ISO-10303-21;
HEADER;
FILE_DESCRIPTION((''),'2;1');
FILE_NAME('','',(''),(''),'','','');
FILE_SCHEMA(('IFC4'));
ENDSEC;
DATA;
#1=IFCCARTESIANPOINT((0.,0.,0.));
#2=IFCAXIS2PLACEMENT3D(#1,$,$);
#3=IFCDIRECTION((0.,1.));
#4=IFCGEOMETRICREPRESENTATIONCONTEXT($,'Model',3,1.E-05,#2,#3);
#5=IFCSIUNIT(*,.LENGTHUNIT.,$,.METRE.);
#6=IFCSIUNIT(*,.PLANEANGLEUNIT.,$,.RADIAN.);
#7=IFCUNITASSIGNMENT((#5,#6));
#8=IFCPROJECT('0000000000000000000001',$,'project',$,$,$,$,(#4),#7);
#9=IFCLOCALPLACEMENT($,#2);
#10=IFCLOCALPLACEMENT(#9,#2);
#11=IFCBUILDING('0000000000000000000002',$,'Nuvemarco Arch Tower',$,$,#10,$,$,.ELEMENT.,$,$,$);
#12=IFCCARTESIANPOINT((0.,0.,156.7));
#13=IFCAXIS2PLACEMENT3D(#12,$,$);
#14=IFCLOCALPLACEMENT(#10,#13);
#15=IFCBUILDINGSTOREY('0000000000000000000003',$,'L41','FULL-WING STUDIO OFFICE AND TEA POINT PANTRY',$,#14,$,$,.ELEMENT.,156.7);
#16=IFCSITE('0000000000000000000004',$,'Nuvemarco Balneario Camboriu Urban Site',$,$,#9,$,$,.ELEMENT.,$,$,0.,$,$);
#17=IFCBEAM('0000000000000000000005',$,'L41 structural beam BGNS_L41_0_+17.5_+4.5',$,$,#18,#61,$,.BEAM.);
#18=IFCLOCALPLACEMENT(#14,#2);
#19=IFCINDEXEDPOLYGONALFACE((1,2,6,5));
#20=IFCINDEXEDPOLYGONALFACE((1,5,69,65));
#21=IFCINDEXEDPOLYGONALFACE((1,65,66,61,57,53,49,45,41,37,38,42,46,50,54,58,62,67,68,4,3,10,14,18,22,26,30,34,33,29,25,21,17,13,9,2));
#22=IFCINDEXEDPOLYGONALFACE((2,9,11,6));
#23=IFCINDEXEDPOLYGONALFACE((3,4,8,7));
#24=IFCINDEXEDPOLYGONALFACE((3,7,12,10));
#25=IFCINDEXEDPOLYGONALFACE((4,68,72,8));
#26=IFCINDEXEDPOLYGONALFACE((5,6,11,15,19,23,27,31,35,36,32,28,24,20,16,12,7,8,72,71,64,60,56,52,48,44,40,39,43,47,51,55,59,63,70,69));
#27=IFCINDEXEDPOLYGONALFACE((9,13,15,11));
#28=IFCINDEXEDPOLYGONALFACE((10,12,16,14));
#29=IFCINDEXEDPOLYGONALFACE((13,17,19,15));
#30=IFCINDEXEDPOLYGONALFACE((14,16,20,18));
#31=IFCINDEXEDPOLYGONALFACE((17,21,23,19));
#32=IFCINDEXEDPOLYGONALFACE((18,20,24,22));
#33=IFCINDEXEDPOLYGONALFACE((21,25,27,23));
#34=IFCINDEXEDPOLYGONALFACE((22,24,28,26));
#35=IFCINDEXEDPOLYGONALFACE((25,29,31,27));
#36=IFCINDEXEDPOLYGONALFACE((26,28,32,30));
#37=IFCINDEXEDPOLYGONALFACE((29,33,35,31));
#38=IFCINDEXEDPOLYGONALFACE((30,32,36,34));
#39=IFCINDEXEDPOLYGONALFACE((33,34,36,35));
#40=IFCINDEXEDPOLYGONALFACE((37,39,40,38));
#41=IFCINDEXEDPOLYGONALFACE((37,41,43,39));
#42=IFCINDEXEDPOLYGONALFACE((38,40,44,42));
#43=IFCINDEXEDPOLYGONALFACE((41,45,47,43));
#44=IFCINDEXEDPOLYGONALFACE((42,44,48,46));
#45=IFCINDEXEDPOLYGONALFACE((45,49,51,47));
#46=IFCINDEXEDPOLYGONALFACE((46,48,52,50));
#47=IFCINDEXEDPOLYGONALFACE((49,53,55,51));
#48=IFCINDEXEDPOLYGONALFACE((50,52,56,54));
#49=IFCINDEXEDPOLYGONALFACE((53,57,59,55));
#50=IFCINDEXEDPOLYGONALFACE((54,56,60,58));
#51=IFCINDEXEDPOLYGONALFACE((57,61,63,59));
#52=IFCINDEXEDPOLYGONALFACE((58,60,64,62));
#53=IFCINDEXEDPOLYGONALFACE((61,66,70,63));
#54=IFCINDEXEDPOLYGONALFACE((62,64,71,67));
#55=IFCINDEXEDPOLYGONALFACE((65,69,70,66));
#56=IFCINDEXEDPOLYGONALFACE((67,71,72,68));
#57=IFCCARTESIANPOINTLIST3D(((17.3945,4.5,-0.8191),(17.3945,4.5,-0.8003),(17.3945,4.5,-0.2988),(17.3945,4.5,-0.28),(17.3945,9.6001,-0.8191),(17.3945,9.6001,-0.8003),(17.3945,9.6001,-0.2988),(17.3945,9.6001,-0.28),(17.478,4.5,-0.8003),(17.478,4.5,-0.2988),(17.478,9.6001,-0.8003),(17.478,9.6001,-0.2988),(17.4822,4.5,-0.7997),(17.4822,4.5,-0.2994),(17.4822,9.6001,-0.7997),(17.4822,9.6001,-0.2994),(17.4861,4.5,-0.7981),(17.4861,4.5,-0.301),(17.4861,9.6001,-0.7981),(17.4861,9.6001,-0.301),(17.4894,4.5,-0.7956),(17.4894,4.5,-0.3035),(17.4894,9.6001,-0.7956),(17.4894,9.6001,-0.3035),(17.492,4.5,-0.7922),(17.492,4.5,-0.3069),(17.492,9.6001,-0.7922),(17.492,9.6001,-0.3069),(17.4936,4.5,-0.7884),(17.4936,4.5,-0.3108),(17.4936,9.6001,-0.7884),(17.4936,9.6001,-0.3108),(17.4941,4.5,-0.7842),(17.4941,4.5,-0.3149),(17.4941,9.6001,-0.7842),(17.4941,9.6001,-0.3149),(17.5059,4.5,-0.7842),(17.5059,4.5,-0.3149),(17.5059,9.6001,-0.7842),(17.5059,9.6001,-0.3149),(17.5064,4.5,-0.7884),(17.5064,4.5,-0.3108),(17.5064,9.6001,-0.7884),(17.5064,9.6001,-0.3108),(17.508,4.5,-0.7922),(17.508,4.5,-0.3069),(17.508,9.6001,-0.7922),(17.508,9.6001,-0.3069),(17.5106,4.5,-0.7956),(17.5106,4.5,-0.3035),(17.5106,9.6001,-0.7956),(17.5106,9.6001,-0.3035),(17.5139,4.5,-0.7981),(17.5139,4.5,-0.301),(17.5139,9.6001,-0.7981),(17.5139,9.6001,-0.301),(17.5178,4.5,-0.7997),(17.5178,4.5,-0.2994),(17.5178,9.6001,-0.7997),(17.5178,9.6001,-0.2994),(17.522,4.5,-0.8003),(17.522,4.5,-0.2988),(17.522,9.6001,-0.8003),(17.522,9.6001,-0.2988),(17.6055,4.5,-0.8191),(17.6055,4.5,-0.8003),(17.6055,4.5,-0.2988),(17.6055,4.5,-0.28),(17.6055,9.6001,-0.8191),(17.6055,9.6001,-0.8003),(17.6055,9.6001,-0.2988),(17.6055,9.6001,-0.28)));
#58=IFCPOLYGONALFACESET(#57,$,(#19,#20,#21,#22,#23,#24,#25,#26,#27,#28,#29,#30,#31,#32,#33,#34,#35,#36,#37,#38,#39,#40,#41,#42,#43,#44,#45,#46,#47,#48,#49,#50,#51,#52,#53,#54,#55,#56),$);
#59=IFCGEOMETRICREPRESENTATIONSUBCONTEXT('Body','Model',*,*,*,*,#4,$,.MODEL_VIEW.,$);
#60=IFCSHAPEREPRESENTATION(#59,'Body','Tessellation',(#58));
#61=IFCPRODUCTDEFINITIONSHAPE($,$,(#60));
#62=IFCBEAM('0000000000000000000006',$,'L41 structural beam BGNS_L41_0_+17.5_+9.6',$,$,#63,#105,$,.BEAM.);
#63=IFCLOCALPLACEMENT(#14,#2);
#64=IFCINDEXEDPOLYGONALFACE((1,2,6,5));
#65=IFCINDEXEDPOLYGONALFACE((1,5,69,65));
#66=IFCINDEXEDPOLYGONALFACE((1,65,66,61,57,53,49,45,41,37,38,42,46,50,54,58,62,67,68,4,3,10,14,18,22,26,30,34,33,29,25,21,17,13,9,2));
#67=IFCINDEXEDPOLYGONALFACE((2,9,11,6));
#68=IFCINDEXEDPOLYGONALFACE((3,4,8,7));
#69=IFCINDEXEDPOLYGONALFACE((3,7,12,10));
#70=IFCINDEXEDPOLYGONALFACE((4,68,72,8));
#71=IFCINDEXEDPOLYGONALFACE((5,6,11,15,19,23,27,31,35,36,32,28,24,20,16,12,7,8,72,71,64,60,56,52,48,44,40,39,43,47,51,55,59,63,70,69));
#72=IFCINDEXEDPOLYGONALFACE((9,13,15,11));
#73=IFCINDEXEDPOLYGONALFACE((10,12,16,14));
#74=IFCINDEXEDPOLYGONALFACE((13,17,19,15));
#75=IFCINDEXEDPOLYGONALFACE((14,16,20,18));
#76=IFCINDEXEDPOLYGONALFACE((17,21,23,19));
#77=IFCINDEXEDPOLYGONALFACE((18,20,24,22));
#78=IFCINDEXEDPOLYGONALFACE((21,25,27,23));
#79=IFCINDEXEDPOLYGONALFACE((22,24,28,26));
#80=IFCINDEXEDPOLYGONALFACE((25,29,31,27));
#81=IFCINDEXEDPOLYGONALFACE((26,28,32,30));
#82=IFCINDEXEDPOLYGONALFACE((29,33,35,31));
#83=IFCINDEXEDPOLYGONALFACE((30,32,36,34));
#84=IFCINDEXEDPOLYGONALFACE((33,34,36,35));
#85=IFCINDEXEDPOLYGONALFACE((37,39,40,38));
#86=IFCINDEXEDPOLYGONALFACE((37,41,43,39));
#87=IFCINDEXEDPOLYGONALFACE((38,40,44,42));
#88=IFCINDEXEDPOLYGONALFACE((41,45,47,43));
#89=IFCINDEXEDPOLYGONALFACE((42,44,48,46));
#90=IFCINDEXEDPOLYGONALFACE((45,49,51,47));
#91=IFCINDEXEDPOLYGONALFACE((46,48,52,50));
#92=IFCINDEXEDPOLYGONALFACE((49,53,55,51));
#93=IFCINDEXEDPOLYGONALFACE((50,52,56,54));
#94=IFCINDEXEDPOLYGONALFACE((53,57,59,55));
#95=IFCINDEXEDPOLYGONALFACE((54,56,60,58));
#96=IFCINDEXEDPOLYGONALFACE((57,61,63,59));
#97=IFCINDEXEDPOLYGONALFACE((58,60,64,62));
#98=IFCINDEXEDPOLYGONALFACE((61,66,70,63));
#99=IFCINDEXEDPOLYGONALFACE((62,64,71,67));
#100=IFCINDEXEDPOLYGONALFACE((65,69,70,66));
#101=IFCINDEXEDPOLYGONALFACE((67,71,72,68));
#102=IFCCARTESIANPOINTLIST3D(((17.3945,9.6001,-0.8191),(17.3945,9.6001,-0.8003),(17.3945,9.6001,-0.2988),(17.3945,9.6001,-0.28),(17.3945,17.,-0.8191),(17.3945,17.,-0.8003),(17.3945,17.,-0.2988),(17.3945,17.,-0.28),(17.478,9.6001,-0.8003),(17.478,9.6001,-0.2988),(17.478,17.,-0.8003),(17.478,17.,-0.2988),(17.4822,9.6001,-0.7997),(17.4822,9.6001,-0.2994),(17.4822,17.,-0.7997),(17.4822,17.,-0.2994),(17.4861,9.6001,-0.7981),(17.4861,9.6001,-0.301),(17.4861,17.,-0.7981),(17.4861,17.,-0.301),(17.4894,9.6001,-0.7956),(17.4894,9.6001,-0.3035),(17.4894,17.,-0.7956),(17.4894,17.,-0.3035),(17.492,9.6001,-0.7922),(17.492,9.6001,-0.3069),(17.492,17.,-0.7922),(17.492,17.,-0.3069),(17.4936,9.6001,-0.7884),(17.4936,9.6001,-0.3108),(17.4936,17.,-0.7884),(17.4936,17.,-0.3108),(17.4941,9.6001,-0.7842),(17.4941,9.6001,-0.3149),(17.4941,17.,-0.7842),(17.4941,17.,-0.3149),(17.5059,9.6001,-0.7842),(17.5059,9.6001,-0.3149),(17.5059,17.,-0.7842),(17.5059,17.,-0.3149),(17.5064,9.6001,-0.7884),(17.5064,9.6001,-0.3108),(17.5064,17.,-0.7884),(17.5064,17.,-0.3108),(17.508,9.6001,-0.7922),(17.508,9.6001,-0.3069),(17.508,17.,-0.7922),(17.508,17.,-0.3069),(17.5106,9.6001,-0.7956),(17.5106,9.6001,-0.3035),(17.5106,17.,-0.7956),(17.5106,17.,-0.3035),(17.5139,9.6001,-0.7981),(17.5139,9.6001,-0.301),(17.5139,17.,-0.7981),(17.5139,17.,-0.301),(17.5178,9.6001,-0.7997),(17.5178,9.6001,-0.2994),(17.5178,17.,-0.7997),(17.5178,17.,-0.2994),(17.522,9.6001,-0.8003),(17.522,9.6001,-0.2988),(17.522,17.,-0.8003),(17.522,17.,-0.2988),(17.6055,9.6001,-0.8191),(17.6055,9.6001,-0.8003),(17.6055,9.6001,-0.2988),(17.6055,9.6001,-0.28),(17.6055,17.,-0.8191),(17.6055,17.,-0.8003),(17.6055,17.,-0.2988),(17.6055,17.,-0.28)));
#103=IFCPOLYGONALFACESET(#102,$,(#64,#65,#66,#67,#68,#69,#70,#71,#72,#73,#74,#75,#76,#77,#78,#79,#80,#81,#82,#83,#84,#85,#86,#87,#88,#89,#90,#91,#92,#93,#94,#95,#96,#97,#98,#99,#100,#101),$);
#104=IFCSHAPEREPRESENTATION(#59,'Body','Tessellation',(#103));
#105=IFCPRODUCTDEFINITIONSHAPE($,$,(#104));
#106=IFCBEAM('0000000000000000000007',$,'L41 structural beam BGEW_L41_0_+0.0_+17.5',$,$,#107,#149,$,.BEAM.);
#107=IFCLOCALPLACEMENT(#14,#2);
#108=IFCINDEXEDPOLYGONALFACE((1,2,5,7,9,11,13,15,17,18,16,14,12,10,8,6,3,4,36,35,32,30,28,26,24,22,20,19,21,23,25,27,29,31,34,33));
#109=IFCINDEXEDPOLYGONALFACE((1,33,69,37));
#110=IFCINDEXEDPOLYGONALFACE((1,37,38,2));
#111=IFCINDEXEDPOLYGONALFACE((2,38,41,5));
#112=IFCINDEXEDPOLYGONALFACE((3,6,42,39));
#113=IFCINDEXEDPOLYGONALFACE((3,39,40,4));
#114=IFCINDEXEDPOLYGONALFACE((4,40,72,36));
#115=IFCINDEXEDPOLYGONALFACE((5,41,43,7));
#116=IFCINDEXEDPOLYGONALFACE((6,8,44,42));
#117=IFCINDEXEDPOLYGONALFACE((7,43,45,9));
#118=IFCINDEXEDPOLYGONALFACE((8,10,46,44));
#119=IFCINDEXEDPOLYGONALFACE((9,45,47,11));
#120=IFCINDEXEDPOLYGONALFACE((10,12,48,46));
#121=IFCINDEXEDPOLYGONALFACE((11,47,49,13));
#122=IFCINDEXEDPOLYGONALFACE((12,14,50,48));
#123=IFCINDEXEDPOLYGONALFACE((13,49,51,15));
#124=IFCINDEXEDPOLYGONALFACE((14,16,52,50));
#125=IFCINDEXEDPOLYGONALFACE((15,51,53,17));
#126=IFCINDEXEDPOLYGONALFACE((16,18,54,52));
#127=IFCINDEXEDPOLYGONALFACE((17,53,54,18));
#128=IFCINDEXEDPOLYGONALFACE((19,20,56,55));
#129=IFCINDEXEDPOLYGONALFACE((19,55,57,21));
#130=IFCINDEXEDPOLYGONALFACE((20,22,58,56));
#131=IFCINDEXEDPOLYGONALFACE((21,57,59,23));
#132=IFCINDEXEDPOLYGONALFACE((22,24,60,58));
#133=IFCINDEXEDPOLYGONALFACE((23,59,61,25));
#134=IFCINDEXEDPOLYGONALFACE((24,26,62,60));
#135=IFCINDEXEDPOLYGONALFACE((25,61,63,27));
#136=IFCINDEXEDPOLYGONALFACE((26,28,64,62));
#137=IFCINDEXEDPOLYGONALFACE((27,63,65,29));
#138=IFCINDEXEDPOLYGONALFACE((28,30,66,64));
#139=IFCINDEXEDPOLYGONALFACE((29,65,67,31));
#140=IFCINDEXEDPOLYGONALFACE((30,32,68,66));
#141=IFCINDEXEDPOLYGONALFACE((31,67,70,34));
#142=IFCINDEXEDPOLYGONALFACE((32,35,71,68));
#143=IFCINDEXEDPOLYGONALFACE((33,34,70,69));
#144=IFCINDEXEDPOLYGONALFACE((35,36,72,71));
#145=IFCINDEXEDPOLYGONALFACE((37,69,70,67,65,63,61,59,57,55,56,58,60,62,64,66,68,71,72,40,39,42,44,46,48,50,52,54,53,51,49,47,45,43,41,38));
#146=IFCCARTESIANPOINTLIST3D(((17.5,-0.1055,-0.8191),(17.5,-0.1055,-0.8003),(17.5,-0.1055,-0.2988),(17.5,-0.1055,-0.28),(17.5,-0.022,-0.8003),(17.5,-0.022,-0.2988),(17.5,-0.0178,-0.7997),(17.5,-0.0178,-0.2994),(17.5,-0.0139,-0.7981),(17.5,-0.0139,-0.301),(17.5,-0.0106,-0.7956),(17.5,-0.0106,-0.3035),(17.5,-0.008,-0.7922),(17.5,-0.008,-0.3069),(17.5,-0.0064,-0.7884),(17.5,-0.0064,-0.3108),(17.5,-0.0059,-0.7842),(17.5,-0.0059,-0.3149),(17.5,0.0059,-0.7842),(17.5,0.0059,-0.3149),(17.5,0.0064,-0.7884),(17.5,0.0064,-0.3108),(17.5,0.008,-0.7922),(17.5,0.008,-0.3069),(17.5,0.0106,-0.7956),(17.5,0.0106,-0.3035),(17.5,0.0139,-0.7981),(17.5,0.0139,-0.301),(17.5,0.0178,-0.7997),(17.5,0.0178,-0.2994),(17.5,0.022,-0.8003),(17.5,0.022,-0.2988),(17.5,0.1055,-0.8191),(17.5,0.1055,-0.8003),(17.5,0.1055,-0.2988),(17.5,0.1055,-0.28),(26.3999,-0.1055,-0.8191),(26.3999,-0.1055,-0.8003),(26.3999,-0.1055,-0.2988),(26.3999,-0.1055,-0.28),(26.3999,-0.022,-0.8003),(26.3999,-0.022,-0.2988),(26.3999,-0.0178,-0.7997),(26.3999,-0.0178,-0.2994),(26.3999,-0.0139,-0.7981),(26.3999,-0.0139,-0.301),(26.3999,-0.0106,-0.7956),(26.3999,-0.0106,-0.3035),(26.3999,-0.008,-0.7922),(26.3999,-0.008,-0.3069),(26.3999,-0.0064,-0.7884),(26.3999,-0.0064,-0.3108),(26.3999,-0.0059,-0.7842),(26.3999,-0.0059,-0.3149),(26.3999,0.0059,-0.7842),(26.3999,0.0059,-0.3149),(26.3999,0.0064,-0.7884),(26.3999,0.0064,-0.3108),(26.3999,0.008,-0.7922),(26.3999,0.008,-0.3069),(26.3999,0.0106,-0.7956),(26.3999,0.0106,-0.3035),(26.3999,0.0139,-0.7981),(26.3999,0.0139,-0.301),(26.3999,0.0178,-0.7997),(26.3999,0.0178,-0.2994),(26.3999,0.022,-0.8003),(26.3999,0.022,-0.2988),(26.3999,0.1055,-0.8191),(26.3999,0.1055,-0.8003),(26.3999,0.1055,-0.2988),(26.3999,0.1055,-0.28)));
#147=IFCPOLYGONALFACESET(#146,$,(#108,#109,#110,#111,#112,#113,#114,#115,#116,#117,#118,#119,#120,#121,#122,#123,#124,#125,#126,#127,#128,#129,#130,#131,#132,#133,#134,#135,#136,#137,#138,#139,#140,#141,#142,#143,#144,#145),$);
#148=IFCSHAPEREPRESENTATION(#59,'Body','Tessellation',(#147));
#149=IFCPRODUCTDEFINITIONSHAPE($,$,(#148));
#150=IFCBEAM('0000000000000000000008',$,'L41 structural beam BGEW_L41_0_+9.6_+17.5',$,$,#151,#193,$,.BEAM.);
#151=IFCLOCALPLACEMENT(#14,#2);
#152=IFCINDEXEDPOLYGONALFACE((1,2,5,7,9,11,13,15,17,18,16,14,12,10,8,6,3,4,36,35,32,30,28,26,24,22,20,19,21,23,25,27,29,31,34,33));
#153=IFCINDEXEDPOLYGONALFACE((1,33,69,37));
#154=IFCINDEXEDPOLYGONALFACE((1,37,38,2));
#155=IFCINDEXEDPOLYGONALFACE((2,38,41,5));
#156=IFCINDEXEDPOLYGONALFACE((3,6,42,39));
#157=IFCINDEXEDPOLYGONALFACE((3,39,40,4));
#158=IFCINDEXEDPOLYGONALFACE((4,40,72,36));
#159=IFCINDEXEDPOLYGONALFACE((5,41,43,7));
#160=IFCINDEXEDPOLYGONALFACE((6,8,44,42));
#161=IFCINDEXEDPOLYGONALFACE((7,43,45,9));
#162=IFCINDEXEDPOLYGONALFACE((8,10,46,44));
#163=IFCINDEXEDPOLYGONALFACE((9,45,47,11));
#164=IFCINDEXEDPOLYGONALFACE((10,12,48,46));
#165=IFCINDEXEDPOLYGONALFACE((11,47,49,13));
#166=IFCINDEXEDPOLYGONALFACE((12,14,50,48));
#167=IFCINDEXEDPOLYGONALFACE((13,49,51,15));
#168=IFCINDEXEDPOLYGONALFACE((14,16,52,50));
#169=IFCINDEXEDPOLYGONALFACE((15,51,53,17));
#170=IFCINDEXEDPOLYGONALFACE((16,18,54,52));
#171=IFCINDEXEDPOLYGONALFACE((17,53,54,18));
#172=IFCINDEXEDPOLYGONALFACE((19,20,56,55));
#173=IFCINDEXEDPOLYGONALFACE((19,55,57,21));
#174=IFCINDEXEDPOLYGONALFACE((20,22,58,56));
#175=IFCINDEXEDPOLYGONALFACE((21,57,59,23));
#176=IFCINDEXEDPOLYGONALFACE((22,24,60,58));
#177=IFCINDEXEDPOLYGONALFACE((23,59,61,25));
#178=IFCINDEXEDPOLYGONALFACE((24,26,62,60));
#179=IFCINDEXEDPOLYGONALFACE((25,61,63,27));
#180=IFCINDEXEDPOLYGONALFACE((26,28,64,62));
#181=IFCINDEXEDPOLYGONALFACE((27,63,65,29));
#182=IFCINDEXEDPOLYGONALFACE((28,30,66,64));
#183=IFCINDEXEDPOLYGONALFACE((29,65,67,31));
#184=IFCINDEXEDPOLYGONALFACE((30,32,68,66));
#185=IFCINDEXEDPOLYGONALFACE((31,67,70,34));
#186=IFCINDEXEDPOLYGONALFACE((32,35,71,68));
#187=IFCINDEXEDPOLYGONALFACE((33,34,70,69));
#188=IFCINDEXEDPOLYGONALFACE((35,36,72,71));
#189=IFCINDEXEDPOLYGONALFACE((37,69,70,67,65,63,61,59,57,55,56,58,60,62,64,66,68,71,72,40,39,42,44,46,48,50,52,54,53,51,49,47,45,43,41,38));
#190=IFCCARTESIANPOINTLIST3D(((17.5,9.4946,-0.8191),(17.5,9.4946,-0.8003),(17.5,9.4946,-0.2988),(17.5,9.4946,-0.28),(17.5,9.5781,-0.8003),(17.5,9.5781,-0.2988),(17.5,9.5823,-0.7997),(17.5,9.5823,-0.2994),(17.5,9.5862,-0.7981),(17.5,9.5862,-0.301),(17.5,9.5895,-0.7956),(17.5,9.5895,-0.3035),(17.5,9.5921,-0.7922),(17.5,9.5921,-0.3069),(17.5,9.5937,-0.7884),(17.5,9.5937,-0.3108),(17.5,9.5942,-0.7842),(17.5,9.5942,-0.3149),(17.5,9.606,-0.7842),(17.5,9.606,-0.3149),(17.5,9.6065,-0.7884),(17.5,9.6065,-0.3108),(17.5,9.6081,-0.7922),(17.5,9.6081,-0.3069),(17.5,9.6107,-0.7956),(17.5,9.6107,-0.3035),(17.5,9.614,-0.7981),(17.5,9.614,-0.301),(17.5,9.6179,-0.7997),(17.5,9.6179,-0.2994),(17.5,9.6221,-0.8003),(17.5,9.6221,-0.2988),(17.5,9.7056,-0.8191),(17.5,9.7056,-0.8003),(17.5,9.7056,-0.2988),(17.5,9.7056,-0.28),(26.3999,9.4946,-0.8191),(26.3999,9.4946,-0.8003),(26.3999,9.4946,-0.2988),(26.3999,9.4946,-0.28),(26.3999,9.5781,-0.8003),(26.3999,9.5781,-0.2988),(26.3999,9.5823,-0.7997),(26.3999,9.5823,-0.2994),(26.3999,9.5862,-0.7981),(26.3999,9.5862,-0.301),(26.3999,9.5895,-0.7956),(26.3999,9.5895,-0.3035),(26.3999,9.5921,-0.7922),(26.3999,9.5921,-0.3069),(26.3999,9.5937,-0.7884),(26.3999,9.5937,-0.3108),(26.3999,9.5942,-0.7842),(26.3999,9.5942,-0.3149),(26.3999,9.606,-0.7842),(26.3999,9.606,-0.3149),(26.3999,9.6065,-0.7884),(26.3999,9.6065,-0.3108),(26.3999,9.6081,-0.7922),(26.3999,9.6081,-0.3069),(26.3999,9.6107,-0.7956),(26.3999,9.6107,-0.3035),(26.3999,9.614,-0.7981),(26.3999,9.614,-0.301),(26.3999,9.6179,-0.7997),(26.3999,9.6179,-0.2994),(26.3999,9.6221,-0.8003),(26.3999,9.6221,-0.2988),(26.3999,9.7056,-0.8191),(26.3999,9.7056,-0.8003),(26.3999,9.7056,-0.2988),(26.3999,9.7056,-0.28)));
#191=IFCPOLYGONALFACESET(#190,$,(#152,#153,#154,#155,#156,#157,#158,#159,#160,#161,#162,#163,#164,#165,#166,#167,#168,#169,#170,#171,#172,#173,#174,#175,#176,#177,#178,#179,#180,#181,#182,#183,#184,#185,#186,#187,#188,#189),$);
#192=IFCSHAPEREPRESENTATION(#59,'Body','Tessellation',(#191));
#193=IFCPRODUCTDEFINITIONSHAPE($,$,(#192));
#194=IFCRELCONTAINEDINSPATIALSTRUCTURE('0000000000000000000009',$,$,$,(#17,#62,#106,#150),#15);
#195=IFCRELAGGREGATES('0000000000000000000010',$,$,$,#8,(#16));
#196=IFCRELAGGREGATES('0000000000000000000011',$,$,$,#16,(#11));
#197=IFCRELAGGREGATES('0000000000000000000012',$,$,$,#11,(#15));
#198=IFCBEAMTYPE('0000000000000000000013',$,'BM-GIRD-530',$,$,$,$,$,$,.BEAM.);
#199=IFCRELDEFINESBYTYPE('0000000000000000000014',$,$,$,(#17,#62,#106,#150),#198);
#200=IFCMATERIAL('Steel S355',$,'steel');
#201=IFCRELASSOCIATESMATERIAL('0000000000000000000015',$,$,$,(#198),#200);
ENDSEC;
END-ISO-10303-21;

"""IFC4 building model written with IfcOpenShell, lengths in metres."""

from ifc_helpers import new_model, si_unit, direction, frame, origin, origin_2d, place, context, subcontext, project, spatial, i_section, extrude, material, material_profile, profile_set, type_object, element, save


model = new_model("IFC4")

# Units and contexts
model_context = context("Model", 3, precision=1e-05, world=origin(), true_north=direction((0.0, 1.0)))
body_context = subcontext(model_context, "Body", "Model", "MODEL_VIEW")
ifc_project = project(units=[si_unit("LENGTHUNIT", "METRE"), si_unit("PLANEANGLEUNIT", "RADIAN")], contexts=[model_context])

# Site, building, storey
site_placement = place(None, origin())
site = spatial("IfcSite", under=ifc_project, at=site_placement, Name="Nuvemarco Balneario Camboriu Urban Site", CompositionType="ELEMENT", RefElevation=0.0)
building_placement = place(site_placement, origin())
building = spatial("IfcBuilding", under=site, at=building_placement, Name="Nuvemarco Arch Tower", CompositionType="ELEMENT")
storey_placement = place(building_placement, frame((0.0, 0.0, 156.7)))
storey = spatial("IfcBuildingStorey", under=building, at=storey_placement, Name="L41", Description="FULL-WING STUDIO OFFICE AND TEA POINT PANTRY", CompositionType="ELEMENT", Elevation=156.7)

# Shared definitions
ifc_material_1 = material(Name="Steel S355", Category="steel")

# Beams
ifc_material_profile_1 = material_profile(ifc_material_1, i_section(OverallWidth=0.2109, OverallDepth=0.5391, WebThickness=0.0117, FlangeThickness=0.0188, FilletRadius=0.0161, at=origin_2d()), Name="W530x109")
ifc_profile_set_1 = profile_set([ifc_material_profile_1], Name="Steel S355")
beam_type_1 = type_object("IfcBeamType", Name="BM-GIRD-530", PredefinedType="BEAM", material=ifc_profile_set_1)
beam_1_placement = place(storey_placement, frame((17.5, 4.5, -0.5496), z_axis=(0.0, 1.0, 0.0), x_axis=(-1.0, 0.0, 0.0)))
element("IfcBeam", 1, at=beam_1_placement, inside=storey, type_object=beam_type_1, Name="L41 structural beam BGNS_L41_0_+17.5_+4.5", PredefinedType="BEAM", context=body_context, shape_type="SweptSolid", body=[
    extrude(i_section(OverallWidth=0.2109, OverallDepth=0.5391, WebThickness=0.0117, FlangeThickness=0.0188, FilletRadius=0.0161, at=origin_2d()), origin(), (0.0, 0.0, 1.0), 5.1001),
])
beam_2_placement = place(storey_placement, frame((17.5, 9.6001, -0.5496), z_axis=(0.0, 1.0, 0.0), x_axis=(-1.0, 0.0, 0.0)))
element("IfcBeam", 2, at=beam_2_placement, inside=storey, type_object=beam_type_1, Name="L41 structural beam BGNS_L41_0_+17.5_+9.6", PredefinedType="BEAM", context=body_context, shape_type="SweptSolid", body=[
    extrude(i_section(OverallWidth=0.2109, OverallDepth=0.5391, WebThickness=0.0117, FlangeThickness=0.0188, FilletRadius=0.0161, at=origin_2d()), origin(), (0.0, 0.0, 1.0), 7.3999),
])
for number, where, z_axis, x_axis, name in (
    (3, (17.5, 0.0, -0.5496), (1.0, 0.0, 0.0), (0.0, 1.0, 0.0), "L41 structural beam BGEW_L41_0_+0.0_+17.5"),
    (4, (17.5, 9.6001, -0.5496), (1.0, 0.0, 0.0), (0.0, 1.0, 0.0), "L41 structural beam BGEW_L41_0_+9.6_+17.5"),
):
    element("IfcBeam", number, at=place(storey_placement, frame(where, z_axis=z_axis, x_axis=x_axis)), inside=storey, type_object=beam_type_1, Name=name, PredefinedType="BEAM", context=body_context, shape_type="SweptSolid", body=[
        extrude(i_section(OverallWidth=0.2109, OverallDepth=0.5391, WebThickness=0.0117, FlangeThickness=0.0188, FilletRadius=0.0161, at=origin_2d()), origin(), (0.0, 0.0, 1.0), 8.8999),
    ])

save(model, "model.ifc")
